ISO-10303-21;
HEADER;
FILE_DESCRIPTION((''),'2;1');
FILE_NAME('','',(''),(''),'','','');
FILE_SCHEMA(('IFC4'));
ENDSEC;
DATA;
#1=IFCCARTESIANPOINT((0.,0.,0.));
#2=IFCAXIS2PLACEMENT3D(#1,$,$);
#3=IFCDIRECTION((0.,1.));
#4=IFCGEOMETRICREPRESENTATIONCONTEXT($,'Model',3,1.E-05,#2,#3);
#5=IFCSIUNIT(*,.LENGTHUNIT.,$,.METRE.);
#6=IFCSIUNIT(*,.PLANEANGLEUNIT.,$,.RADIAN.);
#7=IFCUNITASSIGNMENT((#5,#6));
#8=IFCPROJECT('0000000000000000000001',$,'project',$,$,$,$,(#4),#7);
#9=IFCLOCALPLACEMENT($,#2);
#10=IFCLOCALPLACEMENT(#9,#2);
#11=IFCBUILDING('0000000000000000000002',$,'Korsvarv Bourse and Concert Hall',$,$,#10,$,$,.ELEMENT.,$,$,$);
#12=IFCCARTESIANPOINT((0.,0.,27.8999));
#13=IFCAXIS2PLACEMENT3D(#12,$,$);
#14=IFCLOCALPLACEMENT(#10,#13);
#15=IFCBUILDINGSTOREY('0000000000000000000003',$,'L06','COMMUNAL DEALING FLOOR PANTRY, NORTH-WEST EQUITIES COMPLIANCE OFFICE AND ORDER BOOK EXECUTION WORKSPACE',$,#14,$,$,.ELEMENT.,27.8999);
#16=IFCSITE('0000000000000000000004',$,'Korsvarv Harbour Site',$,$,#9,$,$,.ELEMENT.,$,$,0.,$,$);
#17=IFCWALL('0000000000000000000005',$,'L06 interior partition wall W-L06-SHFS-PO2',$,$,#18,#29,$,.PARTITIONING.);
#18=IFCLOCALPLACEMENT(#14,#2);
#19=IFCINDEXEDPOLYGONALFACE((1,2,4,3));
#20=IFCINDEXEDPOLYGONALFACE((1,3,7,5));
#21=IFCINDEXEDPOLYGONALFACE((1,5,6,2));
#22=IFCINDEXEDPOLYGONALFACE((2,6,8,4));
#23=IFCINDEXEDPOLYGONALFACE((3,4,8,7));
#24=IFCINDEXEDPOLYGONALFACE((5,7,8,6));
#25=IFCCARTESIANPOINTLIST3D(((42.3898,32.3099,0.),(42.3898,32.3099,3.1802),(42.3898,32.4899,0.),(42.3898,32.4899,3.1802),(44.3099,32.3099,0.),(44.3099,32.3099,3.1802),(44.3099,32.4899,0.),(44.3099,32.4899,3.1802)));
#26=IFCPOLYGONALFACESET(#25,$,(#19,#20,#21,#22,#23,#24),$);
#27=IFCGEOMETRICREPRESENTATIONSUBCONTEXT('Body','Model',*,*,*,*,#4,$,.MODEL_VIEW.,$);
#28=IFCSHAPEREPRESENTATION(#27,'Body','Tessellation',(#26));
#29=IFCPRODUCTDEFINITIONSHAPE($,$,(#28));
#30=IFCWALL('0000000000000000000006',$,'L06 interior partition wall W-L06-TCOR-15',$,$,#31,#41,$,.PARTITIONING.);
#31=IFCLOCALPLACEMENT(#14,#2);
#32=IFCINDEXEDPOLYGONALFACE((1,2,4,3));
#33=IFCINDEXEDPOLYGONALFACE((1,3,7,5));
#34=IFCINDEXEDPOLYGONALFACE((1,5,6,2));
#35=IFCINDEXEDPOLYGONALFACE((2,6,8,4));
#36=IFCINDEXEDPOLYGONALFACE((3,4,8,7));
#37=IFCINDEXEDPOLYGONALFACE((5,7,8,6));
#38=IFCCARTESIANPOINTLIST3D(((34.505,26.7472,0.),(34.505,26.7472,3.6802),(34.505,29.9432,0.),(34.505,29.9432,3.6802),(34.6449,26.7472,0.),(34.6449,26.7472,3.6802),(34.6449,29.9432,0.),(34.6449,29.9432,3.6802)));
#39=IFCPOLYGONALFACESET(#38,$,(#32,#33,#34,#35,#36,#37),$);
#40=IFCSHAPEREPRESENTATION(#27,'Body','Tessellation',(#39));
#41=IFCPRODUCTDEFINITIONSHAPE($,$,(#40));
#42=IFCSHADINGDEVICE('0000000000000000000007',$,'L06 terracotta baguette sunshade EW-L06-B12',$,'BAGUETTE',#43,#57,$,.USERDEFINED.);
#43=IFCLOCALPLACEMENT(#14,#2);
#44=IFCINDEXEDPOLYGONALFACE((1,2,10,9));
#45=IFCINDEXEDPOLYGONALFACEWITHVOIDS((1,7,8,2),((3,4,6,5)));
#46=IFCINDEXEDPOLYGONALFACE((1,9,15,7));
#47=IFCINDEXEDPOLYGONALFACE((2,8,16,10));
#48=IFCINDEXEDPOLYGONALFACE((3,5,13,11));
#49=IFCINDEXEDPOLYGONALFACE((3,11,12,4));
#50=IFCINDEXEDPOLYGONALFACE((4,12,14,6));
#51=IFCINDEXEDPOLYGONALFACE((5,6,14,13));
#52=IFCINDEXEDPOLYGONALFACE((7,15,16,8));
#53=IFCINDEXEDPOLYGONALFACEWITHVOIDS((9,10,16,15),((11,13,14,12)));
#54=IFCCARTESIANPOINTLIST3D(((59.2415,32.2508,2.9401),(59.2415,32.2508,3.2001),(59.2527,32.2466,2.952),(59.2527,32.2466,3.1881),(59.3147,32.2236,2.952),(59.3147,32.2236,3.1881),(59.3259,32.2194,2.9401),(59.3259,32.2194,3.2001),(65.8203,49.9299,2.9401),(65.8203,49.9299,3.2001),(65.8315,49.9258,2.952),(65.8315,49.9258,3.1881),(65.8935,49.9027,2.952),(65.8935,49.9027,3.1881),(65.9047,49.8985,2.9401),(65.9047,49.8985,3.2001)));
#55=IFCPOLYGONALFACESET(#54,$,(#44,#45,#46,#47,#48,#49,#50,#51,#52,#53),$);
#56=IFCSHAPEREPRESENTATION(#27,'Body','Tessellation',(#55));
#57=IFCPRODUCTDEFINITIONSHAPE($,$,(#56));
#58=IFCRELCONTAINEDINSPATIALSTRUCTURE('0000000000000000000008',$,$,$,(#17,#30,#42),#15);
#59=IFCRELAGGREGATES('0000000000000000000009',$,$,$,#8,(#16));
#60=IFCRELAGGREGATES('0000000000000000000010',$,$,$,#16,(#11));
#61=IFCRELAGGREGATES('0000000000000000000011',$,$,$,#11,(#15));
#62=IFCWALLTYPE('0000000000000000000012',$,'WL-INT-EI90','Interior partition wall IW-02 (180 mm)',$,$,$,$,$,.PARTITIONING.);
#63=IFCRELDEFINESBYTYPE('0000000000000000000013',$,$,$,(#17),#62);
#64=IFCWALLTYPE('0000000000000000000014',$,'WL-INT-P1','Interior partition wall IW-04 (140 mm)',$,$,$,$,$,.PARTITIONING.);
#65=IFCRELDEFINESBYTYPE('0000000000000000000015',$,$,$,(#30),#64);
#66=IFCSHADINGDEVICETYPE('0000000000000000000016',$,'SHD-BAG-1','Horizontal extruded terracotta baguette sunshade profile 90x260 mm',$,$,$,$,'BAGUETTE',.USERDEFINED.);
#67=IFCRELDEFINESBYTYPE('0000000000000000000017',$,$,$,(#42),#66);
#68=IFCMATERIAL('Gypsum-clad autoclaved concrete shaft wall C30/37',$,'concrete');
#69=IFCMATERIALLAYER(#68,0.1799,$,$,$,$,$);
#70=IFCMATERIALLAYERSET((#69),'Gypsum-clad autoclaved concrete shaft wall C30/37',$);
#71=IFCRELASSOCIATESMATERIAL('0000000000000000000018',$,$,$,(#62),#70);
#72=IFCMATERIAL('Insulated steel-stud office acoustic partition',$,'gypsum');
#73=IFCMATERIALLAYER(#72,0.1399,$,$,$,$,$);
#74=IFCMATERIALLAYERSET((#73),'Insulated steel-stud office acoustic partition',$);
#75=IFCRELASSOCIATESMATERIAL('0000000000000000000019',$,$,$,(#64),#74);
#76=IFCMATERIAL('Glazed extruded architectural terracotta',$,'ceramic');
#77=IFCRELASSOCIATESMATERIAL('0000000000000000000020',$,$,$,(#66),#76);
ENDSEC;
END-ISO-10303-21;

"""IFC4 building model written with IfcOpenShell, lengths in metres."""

from ifc_helpers import new_model, si_unit, direction, frame, frame_2d, origin, origin_2d, place, context, subcontext, project, spatial, rectangle, hollow_rectangle, extrude, source, transform, mapped, material, layer, layer_set, material_profile, profile_set, type_object, element, save


model = new_model("IFC4")

# Units and contexts
model_context = context("Model", 3, precision=1e-05, world=origin(), true_north=direction((0.0, 1.0)))
body_context = subcontext(model_context, "Body", "Model", "MODEL_VIEW")
ifc_project = project(units=[si_unit("LENGTHUNIT", "METRE"), si_unit("PLANEANGLEUNIT", "RADIAN")], contexts=[model_context])

# Site, building, storey
site_placement = place(None, origin())
site = spatial("IfcSite", under=ifc_project, at=site_placement, Name="Korsvarv Harbour Site", CompositionType="ELEMENT", RefElevation=0.0)
building_placement = place(site_placement, origin())
building = spatial("IfcBuilding", under=site, at=building_placement, Name="Korsvarv Bourse and Concert Hall", CompositionType="ELEMENT")
storey_placement = place(building_placement, frame((0.0, 0.0, 27.8999)))
storey = spatial("IfcBuildingStorey", under=building, at=storey_placement, Name="L06", Description="COMMUNAL DEALING FLOOR PANTRY, NORTH-WEST EQUITIES COMPLIANCE OFFICE AND ORDER BOOK EXECUTION WORKSPACE", CompositionType="ELEMENT", Elevation=27.8999)

# Walls
ifc_material_1 = material(Name="Gypsum-clad autoclaved concrete shaft wall C30/37", Category="concrete")
ifc_layer_1 = layer(ifc_material_1, 0.1799)
ifc_layer_set_1 = layer_set([ifc_layer_1], Name="Gypsum-clad autoclaved concrete shaft wall C30/37")
wall_type_1 = type_object("IfcWallType", Name="WL-INT-EI90", Description="Interior partition wall IW-02 (180 mm)", PredefinedType="PARTITIONING", material=ifc_layer_set_1)
wall_1_placement = place(storey_placement, frame((42.3899, 32.3999, 0.0), z_axis=(0.0, 0.0, 1.0), x_axis=(1.0, 0.0, 0.0)))
element("IfcWall", 1, at=wall_1_placement, inside=storey, type_object=wall_type_1, Name="L06 interior partition wall W-L06-SHFS-PO2", PredefinedType="PARTITIONING", context=body_context, shape_type="SweptSolid", body=[
    extrude(rectangle(XDim=1.9202, YDim=0.1799, at=frame_2d((0.96, 0.0))), origin(), (0.0, 0.0, 1.0), 3.1802),
])
ifc_material_2 = material(Name="Insulated steel-stud office acoustic partition", Category="gypsum")
ifc_layer_2 = layer(ifc_material_2, 0.1399)
ifc_layer_set_2 = layer_set([ifc_layer_2], Name="Insulated steel-stud office acoustic partition")
wall_type_2 = type_object("IfcWallType", Name="WL-INT-P1", Description="Interior partition wall IW-04 (140 mm)", PredefinedType="PARTITIONING", material=ifc_layer_set_2)
wall_2_placement = place(storey_placement, frame((34.575, 26.7471, 0.0), z_axis=(0.0, 0.0, 1.0), x_axis=(0.0, 1.0, 0.0)))
element("IfcWall", 2, at=wall_2_placement, inside=storey, type_object=wall_type_2, Name="L06 interior partition wall W-L06-TCOR-15", PredefinedType="PARTITIONING", context=body_context, shape_type="SweptSolid", body=[
    extrude(rectangle(XDim=3.196, YDim=0.1399, at=frame_2d((1.5981, 0.0))), origin(), (0.0, 0.0, 1.0), 3.6802),
])

# Shading device
ifc_material_3 = material(Name="Glazed extruded architectural terracotta", Category="ceramic")
ifc_material_profile_1 = material_profile(ifc_material_3, hollow_rectangle(XDim=0.0901, YDim=0.26, WallThickness=0.012, at=origin_2d()), Name="TC-BAG 90x260")
ifc_profile_set_1 = profile_set([ifc_material_profile_1], Name="Glazed extruded architectural terracotta")
shading_device_type = type_object("IfcShadingDeviceType", Name="SHD-BAG-1", Description="Horizontal extruded terracotta baguette sunshade profile 90x260 mm", ElementType="BAGUETTE", PredefinedType="USERDEFINED", material=ifc_profile_set_1)
shared_shape_1 = source(origin(), body_context, "Body", "SweptSolid", [
    extrude(hollow_rectangle(XDim=0.0901, YDim=0.26, WallThickness=0.012, at=origin_2d()), origin(), (0.0, 0.0, 1.0), 18.8635),
])
shading_device_placement = place(storey_placement, frame((59.2837, 32.2351, 3.0701), z_axis=(0.348759, 0.937212, 0.0), x_axis=(-0.937212, 0.348759, 0.0)))
element("IfcShadingDevice", 3, at=shading_device_placement, inside=storey, type_object=shading_device_type, Name="L06 terracotta baguette sunshade EW-L06-B12", ObjectType="BAGUETTE", PredefinedType="USERDEFINED", context=body_context, shape_type="MappedRepresentation", body=[
    mapped(shared_shape_1, transform((0.0, 0.0, 0.0), scale=1.0)),
])

save(model, "model.ifc")
